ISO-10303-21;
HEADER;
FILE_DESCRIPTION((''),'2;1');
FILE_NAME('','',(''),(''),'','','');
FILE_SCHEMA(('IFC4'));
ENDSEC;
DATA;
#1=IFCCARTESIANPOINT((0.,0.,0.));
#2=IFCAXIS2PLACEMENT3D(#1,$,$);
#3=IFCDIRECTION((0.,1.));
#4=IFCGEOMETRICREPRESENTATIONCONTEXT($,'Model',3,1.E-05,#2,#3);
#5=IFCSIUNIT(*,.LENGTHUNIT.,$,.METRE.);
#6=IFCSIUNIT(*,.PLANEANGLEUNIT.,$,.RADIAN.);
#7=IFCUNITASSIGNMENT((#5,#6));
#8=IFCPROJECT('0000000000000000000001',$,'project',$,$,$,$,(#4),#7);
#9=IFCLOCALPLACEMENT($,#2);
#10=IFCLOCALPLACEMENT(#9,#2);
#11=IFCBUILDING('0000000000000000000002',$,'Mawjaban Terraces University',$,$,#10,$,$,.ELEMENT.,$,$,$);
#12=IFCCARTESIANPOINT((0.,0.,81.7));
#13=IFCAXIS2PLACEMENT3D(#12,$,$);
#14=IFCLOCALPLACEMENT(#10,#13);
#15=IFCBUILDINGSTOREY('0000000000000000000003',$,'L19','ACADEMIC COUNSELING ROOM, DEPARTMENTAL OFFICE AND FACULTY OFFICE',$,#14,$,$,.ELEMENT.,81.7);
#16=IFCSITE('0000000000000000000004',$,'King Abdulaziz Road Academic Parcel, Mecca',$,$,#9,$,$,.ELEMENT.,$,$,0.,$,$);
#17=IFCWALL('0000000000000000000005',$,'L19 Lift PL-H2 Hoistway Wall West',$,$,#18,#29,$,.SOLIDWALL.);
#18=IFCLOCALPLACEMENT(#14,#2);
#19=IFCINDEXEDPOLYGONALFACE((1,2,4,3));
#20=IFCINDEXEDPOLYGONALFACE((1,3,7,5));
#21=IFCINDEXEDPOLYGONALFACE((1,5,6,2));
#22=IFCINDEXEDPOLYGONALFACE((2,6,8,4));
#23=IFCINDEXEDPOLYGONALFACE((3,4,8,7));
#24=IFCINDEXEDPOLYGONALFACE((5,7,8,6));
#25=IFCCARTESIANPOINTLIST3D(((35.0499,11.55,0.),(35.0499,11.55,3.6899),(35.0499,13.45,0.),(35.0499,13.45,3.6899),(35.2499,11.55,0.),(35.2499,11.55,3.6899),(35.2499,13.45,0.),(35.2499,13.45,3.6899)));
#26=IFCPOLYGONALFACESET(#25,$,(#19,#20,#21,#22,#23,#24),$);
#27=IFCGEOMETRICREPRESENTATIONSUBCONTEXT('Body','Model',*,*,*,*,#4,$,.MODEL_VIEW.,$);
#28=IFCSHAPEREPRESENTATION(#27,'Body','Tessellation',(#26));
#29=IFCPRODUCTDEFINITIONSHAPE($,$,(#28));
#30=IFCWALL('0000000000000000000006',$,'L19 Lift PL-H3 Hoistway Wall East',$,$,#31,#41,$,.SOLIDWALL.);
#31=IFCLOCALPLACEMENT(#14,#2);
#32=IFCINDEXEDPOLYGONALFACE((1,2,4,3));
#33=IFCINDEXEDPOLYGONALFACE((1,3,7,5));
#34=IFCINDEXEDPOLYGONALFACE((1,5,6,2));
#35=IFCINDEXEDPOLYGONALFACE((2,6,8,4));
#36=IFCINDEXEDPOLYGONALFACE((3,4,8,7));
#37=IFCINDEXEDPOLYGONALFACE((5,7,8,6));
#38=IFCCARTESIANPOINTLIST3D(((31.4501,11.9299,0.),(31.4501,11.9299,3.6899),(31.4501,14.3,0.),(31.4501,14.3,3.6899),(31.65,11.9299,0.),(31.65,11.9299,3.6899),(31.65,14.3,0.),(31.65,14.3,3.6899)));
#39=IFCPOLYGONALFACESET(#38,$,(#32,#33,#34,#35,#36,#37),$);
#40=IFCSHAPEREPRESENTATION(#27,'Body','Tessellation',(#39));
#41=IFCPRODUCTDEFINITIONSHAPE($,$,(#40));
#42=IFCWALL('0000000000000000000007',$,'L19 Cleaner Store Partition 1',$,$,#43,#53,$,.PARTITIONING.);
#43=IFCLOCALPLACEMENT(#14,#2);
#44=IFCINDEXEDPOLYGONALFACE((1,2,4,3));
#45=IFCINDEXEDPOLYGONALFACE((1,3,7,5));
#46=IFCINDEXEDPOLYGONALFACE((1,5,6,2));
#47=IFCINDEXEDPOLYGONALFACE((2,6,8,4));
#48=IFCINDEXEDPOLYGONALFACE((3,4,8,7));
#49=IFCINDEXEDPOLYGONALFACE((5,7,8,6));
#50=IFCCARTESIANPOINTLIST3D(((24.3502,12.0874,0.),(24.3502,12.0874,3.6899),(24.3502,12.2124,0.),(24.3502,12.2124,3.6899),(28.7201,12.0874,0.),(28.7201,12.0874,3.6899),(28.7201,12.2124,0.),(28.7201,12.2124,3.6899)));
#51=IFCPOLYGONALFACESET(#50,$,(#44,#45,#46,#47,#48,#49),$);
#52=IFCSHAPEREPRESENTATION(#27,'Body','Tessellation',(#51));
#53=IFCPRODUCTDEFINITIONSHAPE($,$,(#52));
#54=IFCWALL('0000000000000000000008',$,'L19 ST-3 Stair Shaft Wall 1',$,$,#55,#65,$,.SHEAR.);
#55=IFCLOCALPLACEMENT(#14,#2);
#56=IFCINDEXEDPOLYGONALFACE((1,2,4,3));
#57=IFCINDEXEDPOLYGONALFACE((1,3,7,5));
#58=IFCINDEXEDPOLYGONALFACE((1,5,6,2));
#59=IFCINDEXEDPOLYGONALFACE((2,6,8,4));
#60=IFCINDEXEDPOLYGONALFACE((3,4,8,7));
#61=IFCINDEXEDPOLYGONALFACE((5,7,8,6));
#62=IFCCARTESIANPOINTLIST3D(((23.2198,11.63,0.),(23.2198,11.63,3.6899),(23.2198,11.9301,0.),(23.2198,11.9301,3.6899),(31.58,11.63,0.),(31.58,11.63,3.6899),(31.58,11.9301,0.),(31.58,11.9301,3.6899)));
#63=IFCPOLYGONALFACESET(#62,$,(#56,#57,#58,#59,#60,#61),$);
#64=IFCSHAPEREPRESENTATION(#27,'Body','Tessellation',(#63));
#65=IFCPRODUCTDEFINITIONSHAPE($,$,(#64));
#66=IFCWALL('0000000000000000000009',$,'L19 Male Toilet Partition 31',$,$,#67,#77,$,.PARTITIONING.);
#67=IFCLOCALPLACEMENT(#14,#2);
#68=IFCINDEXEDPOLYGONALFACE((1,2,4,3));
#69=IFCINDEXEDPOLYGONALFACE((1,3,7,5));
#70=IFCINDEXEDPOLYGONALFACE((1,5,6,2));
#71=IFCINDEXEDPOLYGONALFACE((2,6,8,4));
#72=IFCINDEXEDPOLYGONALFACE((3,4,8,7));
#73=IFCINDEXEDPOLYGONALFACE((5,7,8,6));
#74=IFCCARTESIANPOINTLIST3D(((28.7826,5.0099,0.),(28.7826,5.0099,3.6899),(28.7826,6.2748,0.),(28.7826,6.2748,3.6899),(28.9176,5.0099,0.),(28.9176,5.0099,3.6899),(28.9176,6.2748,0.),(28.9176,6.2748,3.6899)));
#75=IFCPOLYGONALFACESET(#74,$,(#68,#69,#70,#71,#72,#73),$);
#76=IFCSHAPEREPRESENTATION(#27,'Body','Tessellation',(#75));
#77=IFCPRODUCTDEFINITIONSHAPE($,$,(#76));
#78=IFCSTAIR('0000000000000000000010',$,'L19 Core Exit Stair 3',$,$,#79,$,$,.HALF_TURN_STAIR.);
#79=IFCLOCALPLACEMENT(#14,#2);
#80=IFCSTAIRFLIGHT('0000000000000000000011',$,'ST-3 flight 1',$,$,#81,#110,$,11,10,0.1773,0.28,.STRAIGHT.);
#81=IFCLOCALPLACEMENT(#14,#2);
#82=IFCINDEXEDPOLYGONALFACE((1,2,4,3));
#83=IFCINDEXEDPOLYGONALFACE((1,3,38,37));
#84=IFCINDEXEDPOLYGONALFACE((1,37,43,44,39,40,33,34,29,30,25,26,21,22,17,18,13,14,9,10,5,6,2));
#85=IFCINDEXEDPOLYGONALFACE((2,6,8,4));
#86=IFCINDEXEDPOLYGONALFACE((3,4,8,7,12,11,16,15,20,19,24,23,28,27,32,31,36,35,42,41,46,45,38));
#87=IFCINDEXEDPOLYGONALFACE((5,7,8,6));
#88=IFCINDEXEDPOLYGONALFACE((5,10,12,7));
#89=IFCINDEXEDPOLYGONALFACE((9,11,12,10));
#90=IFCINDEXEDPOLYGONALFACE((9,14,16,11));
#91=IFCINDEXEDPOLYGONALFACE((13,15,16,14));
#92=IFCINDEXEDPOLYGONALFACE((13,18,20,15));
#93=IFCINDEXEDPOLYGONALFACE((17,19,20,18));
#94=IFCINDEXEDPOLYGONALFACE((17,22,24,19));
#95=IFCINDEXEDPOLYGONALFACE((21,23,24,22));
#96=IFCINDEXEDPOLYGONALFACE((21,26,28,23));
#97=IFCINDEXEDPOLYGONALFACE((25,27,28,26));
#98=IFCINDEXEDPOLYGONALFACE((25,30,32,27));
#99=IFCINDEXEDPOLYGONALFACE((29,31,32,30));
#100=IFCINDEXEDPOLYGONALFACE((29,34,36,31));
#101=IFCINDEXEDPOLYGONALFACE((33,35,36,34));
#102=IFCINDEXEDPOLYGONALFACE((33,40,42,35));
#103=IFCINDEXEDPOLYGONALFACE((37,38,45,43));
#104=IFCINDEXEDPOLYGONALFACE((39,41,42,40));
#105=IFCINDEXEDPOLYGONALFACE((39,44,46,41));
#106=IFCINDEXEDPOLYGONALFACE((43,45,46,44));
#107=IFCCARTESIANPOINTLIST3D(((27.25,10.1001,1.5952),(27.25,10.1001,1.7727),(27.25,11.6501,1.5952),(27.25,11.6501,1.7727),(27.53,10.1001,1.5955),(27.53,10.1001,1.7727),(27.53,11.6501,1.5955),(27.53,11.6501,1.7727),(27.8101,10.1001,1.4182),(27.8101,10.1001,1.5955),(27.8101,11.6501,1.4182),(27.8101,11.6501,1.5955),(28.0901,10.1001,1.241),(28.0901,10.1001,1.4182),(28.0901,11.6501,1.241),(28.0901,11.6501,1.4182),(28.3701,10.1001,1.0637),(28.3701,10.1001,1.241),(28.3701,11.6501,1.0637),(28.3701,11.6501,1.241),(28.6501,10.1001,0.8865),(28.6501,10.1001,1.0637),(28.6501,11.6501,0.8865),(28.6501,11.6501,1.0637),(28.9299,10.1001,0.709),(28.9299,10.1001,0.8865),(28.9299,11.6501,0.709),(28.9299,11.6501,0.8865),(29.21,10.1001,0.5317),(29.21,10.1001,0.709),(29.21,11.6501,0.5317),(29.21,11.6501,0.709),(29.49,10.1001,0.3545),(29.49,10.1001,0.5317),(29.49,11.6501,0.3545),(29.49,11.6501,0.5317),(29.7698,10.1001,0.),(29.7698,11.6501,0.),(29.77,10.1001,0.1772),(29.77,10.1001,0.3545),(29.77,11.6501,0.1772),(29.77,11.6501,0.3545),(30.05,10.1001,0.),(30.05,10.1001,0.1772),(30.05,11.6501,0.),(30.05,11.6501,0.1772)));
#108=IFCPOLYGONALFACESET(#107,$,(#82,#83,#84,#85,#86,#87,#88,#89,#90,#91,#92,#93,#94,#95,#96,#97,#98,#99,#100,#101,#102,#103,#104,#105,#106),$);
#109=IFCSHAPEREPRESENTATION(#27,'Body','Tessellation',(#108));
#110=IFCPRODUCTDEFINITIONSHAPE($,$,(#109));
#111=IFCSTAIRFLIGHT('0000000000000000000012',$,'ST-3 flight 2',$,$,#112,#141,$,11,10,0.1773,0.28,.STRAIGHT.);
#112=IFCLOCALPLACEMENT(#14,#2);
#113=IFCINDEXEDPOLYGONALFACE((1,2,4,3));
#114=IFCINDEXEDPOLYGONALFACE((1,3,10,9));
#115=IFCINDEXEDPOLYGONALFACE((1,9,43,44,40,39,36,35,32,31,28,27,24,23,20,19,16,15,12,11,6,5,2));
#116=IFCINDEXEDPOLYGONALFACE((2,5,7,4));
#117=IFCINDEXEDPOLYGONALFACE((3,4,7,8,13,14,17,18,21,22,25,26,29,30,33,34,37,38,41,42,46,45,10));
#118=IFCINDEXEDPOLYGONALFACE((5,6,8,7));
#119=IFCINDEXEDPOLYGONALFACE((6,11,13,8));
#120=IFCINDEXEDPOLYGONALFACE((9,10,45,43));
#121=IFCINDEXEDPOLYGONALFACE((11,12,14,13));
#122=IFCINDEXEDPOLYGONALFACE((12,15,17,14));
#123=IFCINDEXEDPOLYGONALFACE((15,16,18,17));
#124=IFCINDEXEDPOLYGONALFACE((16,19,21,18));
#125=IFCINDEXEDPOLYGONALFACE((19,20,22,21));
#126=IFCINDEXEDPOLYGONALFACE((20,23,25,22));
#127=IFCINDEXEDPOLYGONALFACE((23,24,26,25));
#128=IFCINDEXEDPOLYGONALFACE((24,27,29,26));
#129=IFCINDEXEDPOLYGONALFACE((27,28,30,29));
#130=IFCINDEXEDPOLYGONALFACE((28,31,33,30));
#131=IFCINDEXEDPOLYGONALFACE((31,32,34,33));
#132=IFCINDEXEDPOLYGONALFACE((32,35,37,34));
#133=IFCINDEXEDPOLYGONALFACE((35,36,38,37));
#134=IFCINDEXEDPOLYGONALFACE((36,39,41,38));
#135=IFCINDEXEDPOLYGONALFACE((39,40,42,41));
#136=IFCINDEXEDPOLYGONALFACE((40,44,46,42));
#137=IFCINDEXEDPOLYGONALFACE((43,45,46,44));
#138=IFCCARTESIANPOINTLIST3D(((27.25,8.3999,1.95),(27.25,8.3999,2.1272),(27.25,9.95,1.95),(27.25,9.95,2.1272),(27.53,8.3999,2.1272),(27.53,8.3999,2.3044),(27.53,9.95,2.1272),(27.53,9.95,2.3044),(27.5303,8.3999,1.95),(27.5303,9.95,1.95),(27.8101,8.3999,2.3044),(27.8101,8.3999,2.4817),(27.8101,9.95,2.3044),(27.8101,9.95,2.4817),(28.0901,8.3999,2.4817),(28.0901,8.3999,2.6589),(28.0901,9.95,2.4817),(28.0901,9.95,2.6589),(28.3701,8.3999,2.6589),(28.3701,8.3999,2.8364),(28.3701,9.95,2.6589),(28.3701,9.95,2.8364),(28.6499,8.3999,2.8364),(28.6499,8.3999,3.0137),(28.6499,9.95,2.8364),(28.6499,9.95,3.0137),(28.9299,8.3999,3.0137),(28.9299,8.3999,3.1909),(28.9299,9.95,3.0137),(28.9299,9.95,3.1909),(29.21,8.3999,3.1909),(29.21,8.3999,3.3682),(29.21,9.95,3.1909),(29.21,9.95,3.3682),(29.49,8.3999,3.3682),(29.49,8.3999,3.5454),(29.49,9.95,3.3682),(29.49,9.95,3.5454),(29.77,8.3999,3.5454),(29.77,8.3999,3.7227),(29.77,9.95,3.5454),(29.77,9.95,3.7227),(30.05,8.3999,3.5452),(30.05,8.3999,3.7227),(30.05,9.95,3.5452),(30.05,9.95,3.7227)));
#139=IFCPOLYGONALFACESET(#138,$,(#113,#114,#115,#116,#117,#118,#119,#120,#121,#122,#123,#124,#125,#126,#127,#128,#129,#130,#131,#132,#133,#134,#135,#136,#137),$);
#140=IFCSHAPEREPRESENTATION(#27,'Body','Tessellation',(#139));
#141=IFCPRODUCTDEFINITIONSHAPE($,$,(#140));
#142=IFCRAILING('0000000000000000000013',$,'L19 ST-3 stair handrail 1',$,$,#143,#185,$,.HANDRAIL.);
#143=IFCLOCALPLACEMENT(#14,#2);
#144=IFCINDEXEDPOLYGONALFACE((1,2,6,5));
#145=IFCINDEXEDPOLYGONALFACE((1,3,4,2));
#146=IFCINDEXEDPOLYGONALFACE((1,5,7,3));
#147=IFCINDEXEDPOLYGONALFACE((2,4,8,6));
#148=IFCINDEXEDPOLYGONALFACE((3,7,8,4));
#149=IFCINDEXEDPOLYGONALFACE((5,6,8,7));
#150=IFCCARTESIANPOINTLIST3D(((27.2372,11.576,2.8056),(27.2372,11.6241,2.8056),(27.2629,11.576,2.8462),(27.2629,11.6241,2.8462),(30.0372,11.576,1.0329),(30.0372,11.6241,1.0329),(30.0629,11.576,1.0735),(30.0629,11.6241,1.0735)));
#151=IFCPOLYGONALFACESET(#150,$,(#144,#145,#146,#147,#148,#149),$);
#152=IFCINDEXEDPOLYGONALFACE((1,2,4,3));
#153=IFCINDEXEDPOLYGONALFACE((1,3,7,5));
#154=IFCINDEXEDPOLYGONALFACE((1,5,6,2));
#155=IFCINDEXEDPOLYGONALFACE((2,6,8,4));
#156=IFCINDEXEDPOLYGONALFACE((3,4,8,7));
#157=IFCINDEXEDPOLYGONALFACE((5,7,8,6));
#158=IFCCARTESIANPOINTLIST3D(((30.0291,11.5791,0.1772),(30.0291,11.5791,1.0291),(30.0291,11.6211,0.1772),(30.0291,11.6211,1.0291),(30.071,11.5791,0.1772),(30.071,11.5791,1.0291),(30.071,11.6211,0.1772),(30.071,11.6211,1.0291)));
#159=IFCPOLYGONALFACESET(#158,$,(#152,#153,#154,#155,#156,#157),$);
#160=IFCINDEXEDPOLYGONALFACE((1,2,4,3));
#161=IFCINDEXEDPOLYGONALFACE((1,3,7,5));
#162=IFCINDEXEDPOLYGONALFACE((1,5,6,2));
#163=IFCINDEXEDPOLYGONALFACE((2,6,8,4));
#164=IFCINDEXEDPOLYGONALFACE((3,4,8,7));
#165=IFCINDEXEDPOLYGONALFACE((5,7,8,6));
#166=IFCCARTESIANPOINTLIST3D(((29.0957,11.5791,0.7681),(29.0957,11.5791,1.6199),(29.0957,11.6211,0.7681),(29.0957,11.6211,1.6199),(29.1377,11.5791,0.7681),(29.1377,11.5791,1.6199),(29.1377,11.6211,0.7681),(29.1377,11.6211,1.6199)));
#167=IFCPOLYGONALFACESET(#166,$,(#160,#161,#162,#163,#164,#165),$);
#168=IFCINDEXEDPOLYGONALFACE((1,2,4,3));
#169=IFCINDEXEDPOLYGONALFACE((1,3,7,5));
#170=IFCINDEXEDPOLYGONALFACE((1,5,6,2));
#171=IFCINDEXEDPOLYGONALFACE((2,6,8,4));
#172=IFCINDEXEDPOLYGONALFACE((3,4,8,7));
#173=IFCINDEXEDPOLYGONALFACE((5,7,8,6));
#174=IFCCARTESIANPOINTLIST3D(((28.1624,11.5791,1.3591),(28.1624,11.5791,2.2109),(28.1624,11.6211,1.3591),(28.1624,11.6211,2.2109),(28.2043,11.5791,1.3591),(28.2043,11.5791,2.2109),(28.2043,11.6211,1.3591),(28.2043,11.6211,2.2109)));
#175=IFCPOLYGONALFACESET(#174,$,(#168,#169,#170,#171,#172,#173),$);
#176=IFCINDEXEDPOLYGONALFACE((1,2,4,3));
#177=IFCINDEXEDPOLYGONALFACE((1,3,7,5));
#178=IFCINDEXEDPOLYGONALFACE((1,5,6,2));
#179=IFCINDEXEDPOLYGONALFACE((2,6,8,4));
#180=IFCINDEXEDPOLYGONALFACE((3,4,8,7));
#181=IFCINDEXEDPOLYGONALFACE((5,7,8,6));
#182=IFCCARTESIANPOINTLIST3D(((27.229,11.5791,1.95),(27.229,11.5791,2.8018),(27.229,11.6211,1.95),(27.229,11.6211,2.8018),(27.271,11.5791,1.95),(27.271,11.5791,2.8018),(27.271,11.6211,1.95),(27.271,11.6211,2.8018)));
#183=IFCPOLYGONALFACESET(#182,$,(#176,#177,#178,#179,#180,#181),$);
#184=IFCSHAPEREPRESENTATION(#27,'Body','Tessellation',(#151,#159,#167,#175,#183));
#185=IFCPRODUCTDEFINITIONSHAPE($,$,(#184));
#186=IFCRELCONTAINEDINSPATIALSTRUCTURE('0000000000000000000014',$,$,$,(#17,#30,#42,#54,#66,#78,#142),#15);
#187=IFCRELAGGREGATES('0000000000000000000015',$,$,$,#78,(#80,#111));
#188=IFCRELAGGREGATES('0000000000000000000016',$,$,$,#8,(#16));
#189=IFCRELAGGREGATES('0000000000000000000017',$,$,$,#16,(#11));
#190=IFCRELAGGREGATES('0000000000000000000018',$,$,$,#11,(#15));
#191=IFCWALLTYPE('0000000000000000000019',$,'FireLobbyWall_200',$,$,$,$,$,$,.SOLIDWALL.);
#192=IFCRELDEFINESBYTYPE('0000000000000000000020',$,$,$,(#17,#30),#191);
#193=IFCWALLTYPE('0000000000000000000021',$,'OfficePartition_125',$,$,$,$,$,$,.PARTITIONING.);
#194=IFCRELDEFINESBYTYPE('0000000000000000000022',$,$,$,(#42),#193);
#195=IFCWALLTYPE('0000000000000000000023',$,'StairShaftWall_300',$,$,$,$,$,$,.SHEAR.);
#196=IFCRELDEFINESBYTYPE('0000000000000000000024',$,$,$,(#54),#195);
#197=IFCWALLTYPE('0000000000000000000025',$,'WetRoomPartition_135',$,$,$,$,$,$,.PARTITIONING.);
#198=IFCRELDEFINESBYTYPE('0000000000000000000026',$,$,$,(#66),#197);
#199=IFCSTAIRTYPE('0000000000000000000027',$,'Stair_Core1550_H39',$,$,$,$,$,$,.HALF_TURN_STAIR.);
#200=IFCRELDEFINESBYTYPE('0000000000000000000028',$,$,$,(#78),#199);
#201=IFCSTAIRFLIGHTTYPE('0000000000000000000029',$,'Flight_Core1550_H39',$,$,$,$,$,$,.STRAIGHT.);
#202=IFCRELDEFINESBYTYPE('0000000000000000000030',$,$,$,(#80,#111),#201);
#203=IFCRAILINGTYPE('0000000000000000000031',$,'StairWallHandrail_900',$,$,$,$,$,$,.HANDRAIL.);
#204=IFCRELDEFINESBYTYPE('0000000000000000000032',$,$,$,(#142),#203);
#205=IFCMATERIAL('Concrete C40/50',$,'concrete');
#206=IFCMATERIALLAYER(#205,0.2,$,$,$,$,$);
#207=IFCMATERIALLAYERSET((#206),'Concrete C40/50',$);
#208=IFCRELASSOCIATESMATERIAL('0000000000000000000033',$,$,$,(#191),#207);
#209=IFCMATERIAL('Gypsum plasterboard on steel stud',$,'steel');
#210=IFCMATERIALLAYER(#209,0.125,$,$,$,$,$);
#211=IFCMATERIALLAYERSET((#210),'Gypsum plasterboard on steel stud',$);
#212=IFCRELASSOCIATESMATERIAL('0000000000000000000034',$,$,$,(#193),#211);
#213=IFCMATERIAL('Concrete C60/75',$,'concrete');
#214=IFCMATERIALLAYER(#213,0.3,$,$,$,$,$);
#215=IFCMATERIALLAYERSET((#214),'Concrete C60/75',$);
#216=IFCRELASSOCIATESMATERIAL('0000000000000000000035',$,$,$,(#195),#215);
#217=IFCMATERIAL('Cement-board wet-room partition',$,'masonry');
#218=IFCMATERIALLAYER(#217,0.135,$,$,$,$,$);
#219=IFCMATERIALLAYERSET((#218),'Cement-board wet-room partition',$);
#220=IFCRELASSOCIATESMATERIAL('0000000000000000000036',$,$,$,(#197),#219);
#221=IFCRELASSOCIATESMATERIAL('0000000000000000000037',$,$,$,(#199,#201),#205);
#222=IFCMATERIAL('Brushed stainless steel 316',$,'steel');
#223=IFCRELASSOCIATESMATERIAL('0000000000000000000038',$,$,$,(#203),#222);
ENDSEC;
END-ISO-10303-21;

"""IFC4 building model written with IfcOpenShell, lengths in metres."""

from ifc_helpers import new_model, si_unit, direction, frame, frame_2d, origin, origin_2d, place, context, subcontext, project, spatial, polyline, rectangle, outline, extrude, material, layer, layer_set, type_object, element, aggregate, save


model = new_model("IFC4")

# Units and contexts
model_context = context("Model", 3, precision=1e-05, world=origin(), true_north=direction((0.0, 1.0)))
body_context = subcontext(model_context, "Body", "Model", "MODEL_VIEW")
ifc_project = project(units=[si_unit("LENGTHUNIT", "METRE"), si_unit("PLANEANGLEUNIT", "RADIAN")], contexts=[model_context])

# Site, building, storey
site_placement = place(None, origin())
site = spatial("IfcSite", under=ifc_project, at=site_placement, Name="King Abdulaziz Road Academic Parcel, Mecca", CompositionType="ELEMENT", RefElevation=0.0)
building_placement = place(site_placement, origin())
building = spatial("IfcBuilding", under=site, at=building_placement, Name="Mawjaban Terraces University", CompositionType="ELEMENT")
storey_placement = place(building_placement, frame((0.0, 0.0, 81.7)))
storey = spatial("IfcBuildingStorey", under=building, at=storey_placement, Name="L19", Description="ACADEMIC COUNSELING ROOM, DEPARTMENTAL OFFICE AND FACULTY OFFICE", CompositionType="ELEMENT", Elevation=81.7)

# Shared definitions
ifc_material_1 = material(Name="Concrete C40/50", Category="concrete")
ifc_layer_1 = layer(ifc_material_1, 0.2)
ifc_layer_set_1 = layer_set([ifc_layer_1], Name="Concrete C40/50")
wall_type_1 = type_object("IfcWallType", Name="FireLobbyWall_200", PredefinedType="SOLIDWALL", material=ifc_layer_set_1)

# Walls
wall_1_placement = place(storey_placement, frame((35.1499, 13.45, 0.0), z_axis=(0.0, 0.0, 1.0), x_axis=(0.0, -1.0, 0.0)))
element("IfcWall", 1, at=wall_1_placement, inside=storey, type_object=wall_type_1, Name="L19 Lift PL-H2 Hoistway Wall West", PredefinedType="SOLIDWALL", context=body_context, shape_type="SweptSolid", body=[
    extrude(rectangle(XDim=1.8999, YDim=0.2, at=frame_2d((0.95, 0.0))), origin(), (0.0, 0.0, 1.0), 3.6899),
])
wall_2_placement = place(storey_placement, frame((31.55, 11.9299, 0.0), z_axis=(0.0, 0.0, 1.0), x_axis=(0.0, 1.0, 0.0)))
element("IfcWall", 2, at=wall_2_placement, inside=storey, type_object=wall_type_1, Name="L19 Lift PL-H3 Hoistway Wall East", PredefinedType="SOLIDWALL", context=body_context, shape_type="SweptSolid", body=[
    extrude(rectangle(XDim=2.3701, YDim=0.2, at=frame_2d((1.1851, 0.0))), origin(), (0.0, 0.0, 1.0), 3.6899),
])
ifc_material_2 = material(Name="Gypsum plasterboard on steel stud", Category="steel")
ifc_layer_2 = layer(ifc_material_2, 0.125)
ifc_layer_set_2 = layer_set([ifc_layer_2], Name="Gypsum plasterboard on steel stud")
wall_type_2 = type_object("IfcWallType", Name="OfficePartition_125", PredefinedType="PARTITIONING", material=ifc_layer_set_2)
wall_3_placement = place(storey_placement, frame((24.3501, 12.1499, 0.0), z_axis=(0.0, 0.0, 1.0), x_axis=(1.0, 0.0, 0.0)))
element("IfcWall", 3, at=wall_3_placement, inside=storey, type_object=wall_type_2, Name="L19 Cleaner Store Partition 1", PredefinedType="PARTITIONING", context=body_context, shape_type="SweptSolid", body=[
    extrude(rectangle(XDim=4.3699, YDim=0.125, at=frame_2d((2.1851, 0.0))), origin(), (0.0, 0.0, 1.0), 3.6899),
])
ifc_material_3 = material(Name="Concrete C60/75", Category="concrete")
ifc_layer_3 = layer(ifc_material_3, 0.3)
ifc_layer_set_3 = layer_set([ifc_layer_3], Name="Concrete C60/75")
wall_type_3 = type_object("IfcWallType", Name="StairShaftWall_300", PredefinedType="SHEAR", material=ifc_layer_set_3)
wall_4_placement = place(storey_placement, frame((31.5801, 11.78, 0.0), z_axis=(0.0, 0.0, 1.0), x_axis=(-1.0, 0.0, 0.0)))
element("IfcWall", 4, at=wall_4_placement, inside=storey, type_object=wall_type_3, Name="L19 ST-3 Stair Shaft Wall 1", PredefinedType="SHEAR", context=body_context, shape_type="SweptSolid", body=[
    extrude(rectangle(XDim=8.3601, YDim=0.3, at=frame_2d((4.1802, 0.0))), origin(), (0.0, 0.0, 1.0), 3.6899),
])

# Wall
ifc_material_4 = material(Name="Cement-board wet-room partition", Category="masonry")
ifc_layer_4 = layer(ifc_material_4, 0.135)
ifc_layer_set_4 = layer_set([ifc_layer_4], Name="Cement-board wet-room partition")
wall_type_4 = type_object("IfcWallType", Name="WetRoomPartition_135", PredefinedType="PARTITIONING", material=ifc_layer_set_4)
wall_5_placement = place(storey_placement, frame((28.8501, 5.01, 0.0), z_axis=(0.0, 0.0, 1.0), x_axis=(0.0, 1.0, 0.0)))
element("IfcWall", 5, at=wall_5_placement, inside=storey, type_object=wall_type_4, Name="L19 Male Toilet Partition 31", PredefinedType="PARTITIONING", context=body_context, shape_type="SweptSolid", body=[
    extrude(rectangle(XDim=1.2649, YDim=0.135, at=frame_2d((0.6323, 0.0))), origin(), (0.0, 0.0, 1.0), 3.6899),
])

# Stair, stair flights
stair_type = type_object("IfcStairType", Name="Stair_Core1550_H39", PredefinedType="HALF_TURN_STAIR", material=ifc_material_1)
stair_placement = place(storey_placement, origin())
stair = element("IfcStair", 6, at=stair_placement, inside=storey, type_object=stair_type, Name="L19 Core Exit Stair 3", PredefinedType="HALF_TURN_STAIR")
stair_flight_type = type_object("IfcStairFlightType", Name="Flight_Core1550_H39", PredefinedType="STRAIGHT", material=ifc_material_1)
stair_flight_1_placement = place(storey_placement, frame((30.05, 10.875, 0.0), z_axis=(0.0, 0.0, 1.0), x_axis=(-1.0, 0.0, 0.0)))
stair_flight_1 = element("IfcStairFlight", 7, at=stair_flight_1_placement, type_object=stair_flight_type, Name="ST-3 flight 1", NumberOfRisers=11, NumberOfTreads=10, PredefinedType="STRAIGHT", RiserHeight=0.1773, TreadLength=0.28, context=body_context, shape_type="SweptSolid", body=[
    extrude(outline(polyline([(0.0, 0.0), (0.0, 0.1772), (0.28, 0.1772), (0.28, 0.3545), (0.5601, 0.3545), (0.5601, 0.5317), (0.8401, 0.5317), (0.8401, 0.709), (1.1201, 0.709), (1.1201, 0.8865), (1.3999, 0.8865), (1.3999, 1.0637), (1.6799, 1.0637), (1.6799, 1.241), (1.96, 1.241), (1.96, 1.4182), (2.24, 1.4182), (2.24, 1.5955), (2.52, 1.5955), (2.52, 1.7727), (2.8, 1.7727), (2.8, 1.95), (2.8, 1.5952), (0.2803, 0.0), (0.0, 0.0)])), frame((0.0, 0.7749, 0.0), z_axis=(0.0, -1.0, 0.0), x_axis=(1.0, 0.0, 0.0)), (0.0, 0.0, 1.0), 1.55),
])
stair_flight_2_placement = place(storey_placement, frame((27.25, 9.175, 1.95), z_axis=(0.0, 0.0, 1.0), x_axis=(1.0, 0.0, 0.0)))
stair_flight_2 = element("IfcStairFlight", 8, at=stair_flight_2_placement, type_object=stair_flight_type, Name="ST-3 flight 2", NumberOfRisers=11, NumberOfTreads=10, PredefinedType="STRAIGHT", RiserHeight=0.1773, TreadLength=0.28, context=body_context, shape_type="SweptSolid", body=[
    extrude(outline(polyline([(0.0, 0.0), (0.0, 0.1772), (0.28, 0.1772), (0.28, 0.3545), (0.5601, 0.3545), (0.5601, 0.5317), (0.8401, 0.5317), (0.8401, 0.709), (1.1201, 0.709), (1.1201, 0.8865), (1.3999, 0.8865), (1.3999, 1.0637), (1.6799, 1.0637), (1.6799, 1.241), (1.96, 1.241), (1.96, 1.4182), (2.24, 1.4182), (2.24, 1.5955), (2.52, 1.5955), (2.52, 1.7727), (2.8, 1.7727), (2.8, 1.95), (2.8, 1.5952), (0.2803, 0.0), (0.0, 0.0)])), frame((0.0, 0.7749, 0.0), z_axis=(0.0, -1.0, 0.0), x_axis=(1.0, 0.0, 0.0)), (0.0, 0.0, 1.0), 1.55),
])
aggregate(stair, [stair_flight_1, stair_flight_2])

# Railing
ifc_material_5 = material(Name="Brushed stainless steel 316", Category="steel")
railing_type_1 = type_object("IfcRailingType", Name="StairWallHandrail_900", PredefinedType="HANDRAIL", material=ifc_material_5)
railing_1_placement = place(storey_placement, frame((30.05, 11.6001, 0.1772)))
element("IfcRailing", 9, at=railing_1_placement, inside=storey, type_object=railing_type_1, Name="L19 ST-3 stair handrail 1", PredefinedType="HANDRAIL", context=body_context, shape_type="SweptSolid", body=[
    extrude(rectangle(XDim=0.0481, YDim=0.0481, at=origin_2d()), frame((0.0, 0.0, 0.876), z_axis=(-0.844909, 0.0, 0.53491), x_axis=(0.0, -1.0, 0.0)), (0.0, 0.0, 1.0), 3.314),
    extrude(rectangle(XDim=0.042, YDim=0.042, at=origin_2d()), origin(), (0.0, 0.0, 1.0), 0.8518),
    extrude(rectangle(XDim=0.042, YDim=0.042, at=origin_2d()), frame((-0.9333, 0.0, 0.5908)), (0.0, 0.0, 1.0), 0.8518),
    extrude(rectangle(XDim=0.042, YDim=0.042, at=origin_2d()), frame((-1.8667, 0.0, 1.1819)), (0.0, 0.0, 1.0), 0.8518),
    extrude(rectangle(XDim=0.042, YDim=0.042, at=origin_2d()), frame((-2.8, 0.0, 1.7727)), (0.0, 0.0, 1.0), 0.8518),
])

save(model, "model.ifc")
